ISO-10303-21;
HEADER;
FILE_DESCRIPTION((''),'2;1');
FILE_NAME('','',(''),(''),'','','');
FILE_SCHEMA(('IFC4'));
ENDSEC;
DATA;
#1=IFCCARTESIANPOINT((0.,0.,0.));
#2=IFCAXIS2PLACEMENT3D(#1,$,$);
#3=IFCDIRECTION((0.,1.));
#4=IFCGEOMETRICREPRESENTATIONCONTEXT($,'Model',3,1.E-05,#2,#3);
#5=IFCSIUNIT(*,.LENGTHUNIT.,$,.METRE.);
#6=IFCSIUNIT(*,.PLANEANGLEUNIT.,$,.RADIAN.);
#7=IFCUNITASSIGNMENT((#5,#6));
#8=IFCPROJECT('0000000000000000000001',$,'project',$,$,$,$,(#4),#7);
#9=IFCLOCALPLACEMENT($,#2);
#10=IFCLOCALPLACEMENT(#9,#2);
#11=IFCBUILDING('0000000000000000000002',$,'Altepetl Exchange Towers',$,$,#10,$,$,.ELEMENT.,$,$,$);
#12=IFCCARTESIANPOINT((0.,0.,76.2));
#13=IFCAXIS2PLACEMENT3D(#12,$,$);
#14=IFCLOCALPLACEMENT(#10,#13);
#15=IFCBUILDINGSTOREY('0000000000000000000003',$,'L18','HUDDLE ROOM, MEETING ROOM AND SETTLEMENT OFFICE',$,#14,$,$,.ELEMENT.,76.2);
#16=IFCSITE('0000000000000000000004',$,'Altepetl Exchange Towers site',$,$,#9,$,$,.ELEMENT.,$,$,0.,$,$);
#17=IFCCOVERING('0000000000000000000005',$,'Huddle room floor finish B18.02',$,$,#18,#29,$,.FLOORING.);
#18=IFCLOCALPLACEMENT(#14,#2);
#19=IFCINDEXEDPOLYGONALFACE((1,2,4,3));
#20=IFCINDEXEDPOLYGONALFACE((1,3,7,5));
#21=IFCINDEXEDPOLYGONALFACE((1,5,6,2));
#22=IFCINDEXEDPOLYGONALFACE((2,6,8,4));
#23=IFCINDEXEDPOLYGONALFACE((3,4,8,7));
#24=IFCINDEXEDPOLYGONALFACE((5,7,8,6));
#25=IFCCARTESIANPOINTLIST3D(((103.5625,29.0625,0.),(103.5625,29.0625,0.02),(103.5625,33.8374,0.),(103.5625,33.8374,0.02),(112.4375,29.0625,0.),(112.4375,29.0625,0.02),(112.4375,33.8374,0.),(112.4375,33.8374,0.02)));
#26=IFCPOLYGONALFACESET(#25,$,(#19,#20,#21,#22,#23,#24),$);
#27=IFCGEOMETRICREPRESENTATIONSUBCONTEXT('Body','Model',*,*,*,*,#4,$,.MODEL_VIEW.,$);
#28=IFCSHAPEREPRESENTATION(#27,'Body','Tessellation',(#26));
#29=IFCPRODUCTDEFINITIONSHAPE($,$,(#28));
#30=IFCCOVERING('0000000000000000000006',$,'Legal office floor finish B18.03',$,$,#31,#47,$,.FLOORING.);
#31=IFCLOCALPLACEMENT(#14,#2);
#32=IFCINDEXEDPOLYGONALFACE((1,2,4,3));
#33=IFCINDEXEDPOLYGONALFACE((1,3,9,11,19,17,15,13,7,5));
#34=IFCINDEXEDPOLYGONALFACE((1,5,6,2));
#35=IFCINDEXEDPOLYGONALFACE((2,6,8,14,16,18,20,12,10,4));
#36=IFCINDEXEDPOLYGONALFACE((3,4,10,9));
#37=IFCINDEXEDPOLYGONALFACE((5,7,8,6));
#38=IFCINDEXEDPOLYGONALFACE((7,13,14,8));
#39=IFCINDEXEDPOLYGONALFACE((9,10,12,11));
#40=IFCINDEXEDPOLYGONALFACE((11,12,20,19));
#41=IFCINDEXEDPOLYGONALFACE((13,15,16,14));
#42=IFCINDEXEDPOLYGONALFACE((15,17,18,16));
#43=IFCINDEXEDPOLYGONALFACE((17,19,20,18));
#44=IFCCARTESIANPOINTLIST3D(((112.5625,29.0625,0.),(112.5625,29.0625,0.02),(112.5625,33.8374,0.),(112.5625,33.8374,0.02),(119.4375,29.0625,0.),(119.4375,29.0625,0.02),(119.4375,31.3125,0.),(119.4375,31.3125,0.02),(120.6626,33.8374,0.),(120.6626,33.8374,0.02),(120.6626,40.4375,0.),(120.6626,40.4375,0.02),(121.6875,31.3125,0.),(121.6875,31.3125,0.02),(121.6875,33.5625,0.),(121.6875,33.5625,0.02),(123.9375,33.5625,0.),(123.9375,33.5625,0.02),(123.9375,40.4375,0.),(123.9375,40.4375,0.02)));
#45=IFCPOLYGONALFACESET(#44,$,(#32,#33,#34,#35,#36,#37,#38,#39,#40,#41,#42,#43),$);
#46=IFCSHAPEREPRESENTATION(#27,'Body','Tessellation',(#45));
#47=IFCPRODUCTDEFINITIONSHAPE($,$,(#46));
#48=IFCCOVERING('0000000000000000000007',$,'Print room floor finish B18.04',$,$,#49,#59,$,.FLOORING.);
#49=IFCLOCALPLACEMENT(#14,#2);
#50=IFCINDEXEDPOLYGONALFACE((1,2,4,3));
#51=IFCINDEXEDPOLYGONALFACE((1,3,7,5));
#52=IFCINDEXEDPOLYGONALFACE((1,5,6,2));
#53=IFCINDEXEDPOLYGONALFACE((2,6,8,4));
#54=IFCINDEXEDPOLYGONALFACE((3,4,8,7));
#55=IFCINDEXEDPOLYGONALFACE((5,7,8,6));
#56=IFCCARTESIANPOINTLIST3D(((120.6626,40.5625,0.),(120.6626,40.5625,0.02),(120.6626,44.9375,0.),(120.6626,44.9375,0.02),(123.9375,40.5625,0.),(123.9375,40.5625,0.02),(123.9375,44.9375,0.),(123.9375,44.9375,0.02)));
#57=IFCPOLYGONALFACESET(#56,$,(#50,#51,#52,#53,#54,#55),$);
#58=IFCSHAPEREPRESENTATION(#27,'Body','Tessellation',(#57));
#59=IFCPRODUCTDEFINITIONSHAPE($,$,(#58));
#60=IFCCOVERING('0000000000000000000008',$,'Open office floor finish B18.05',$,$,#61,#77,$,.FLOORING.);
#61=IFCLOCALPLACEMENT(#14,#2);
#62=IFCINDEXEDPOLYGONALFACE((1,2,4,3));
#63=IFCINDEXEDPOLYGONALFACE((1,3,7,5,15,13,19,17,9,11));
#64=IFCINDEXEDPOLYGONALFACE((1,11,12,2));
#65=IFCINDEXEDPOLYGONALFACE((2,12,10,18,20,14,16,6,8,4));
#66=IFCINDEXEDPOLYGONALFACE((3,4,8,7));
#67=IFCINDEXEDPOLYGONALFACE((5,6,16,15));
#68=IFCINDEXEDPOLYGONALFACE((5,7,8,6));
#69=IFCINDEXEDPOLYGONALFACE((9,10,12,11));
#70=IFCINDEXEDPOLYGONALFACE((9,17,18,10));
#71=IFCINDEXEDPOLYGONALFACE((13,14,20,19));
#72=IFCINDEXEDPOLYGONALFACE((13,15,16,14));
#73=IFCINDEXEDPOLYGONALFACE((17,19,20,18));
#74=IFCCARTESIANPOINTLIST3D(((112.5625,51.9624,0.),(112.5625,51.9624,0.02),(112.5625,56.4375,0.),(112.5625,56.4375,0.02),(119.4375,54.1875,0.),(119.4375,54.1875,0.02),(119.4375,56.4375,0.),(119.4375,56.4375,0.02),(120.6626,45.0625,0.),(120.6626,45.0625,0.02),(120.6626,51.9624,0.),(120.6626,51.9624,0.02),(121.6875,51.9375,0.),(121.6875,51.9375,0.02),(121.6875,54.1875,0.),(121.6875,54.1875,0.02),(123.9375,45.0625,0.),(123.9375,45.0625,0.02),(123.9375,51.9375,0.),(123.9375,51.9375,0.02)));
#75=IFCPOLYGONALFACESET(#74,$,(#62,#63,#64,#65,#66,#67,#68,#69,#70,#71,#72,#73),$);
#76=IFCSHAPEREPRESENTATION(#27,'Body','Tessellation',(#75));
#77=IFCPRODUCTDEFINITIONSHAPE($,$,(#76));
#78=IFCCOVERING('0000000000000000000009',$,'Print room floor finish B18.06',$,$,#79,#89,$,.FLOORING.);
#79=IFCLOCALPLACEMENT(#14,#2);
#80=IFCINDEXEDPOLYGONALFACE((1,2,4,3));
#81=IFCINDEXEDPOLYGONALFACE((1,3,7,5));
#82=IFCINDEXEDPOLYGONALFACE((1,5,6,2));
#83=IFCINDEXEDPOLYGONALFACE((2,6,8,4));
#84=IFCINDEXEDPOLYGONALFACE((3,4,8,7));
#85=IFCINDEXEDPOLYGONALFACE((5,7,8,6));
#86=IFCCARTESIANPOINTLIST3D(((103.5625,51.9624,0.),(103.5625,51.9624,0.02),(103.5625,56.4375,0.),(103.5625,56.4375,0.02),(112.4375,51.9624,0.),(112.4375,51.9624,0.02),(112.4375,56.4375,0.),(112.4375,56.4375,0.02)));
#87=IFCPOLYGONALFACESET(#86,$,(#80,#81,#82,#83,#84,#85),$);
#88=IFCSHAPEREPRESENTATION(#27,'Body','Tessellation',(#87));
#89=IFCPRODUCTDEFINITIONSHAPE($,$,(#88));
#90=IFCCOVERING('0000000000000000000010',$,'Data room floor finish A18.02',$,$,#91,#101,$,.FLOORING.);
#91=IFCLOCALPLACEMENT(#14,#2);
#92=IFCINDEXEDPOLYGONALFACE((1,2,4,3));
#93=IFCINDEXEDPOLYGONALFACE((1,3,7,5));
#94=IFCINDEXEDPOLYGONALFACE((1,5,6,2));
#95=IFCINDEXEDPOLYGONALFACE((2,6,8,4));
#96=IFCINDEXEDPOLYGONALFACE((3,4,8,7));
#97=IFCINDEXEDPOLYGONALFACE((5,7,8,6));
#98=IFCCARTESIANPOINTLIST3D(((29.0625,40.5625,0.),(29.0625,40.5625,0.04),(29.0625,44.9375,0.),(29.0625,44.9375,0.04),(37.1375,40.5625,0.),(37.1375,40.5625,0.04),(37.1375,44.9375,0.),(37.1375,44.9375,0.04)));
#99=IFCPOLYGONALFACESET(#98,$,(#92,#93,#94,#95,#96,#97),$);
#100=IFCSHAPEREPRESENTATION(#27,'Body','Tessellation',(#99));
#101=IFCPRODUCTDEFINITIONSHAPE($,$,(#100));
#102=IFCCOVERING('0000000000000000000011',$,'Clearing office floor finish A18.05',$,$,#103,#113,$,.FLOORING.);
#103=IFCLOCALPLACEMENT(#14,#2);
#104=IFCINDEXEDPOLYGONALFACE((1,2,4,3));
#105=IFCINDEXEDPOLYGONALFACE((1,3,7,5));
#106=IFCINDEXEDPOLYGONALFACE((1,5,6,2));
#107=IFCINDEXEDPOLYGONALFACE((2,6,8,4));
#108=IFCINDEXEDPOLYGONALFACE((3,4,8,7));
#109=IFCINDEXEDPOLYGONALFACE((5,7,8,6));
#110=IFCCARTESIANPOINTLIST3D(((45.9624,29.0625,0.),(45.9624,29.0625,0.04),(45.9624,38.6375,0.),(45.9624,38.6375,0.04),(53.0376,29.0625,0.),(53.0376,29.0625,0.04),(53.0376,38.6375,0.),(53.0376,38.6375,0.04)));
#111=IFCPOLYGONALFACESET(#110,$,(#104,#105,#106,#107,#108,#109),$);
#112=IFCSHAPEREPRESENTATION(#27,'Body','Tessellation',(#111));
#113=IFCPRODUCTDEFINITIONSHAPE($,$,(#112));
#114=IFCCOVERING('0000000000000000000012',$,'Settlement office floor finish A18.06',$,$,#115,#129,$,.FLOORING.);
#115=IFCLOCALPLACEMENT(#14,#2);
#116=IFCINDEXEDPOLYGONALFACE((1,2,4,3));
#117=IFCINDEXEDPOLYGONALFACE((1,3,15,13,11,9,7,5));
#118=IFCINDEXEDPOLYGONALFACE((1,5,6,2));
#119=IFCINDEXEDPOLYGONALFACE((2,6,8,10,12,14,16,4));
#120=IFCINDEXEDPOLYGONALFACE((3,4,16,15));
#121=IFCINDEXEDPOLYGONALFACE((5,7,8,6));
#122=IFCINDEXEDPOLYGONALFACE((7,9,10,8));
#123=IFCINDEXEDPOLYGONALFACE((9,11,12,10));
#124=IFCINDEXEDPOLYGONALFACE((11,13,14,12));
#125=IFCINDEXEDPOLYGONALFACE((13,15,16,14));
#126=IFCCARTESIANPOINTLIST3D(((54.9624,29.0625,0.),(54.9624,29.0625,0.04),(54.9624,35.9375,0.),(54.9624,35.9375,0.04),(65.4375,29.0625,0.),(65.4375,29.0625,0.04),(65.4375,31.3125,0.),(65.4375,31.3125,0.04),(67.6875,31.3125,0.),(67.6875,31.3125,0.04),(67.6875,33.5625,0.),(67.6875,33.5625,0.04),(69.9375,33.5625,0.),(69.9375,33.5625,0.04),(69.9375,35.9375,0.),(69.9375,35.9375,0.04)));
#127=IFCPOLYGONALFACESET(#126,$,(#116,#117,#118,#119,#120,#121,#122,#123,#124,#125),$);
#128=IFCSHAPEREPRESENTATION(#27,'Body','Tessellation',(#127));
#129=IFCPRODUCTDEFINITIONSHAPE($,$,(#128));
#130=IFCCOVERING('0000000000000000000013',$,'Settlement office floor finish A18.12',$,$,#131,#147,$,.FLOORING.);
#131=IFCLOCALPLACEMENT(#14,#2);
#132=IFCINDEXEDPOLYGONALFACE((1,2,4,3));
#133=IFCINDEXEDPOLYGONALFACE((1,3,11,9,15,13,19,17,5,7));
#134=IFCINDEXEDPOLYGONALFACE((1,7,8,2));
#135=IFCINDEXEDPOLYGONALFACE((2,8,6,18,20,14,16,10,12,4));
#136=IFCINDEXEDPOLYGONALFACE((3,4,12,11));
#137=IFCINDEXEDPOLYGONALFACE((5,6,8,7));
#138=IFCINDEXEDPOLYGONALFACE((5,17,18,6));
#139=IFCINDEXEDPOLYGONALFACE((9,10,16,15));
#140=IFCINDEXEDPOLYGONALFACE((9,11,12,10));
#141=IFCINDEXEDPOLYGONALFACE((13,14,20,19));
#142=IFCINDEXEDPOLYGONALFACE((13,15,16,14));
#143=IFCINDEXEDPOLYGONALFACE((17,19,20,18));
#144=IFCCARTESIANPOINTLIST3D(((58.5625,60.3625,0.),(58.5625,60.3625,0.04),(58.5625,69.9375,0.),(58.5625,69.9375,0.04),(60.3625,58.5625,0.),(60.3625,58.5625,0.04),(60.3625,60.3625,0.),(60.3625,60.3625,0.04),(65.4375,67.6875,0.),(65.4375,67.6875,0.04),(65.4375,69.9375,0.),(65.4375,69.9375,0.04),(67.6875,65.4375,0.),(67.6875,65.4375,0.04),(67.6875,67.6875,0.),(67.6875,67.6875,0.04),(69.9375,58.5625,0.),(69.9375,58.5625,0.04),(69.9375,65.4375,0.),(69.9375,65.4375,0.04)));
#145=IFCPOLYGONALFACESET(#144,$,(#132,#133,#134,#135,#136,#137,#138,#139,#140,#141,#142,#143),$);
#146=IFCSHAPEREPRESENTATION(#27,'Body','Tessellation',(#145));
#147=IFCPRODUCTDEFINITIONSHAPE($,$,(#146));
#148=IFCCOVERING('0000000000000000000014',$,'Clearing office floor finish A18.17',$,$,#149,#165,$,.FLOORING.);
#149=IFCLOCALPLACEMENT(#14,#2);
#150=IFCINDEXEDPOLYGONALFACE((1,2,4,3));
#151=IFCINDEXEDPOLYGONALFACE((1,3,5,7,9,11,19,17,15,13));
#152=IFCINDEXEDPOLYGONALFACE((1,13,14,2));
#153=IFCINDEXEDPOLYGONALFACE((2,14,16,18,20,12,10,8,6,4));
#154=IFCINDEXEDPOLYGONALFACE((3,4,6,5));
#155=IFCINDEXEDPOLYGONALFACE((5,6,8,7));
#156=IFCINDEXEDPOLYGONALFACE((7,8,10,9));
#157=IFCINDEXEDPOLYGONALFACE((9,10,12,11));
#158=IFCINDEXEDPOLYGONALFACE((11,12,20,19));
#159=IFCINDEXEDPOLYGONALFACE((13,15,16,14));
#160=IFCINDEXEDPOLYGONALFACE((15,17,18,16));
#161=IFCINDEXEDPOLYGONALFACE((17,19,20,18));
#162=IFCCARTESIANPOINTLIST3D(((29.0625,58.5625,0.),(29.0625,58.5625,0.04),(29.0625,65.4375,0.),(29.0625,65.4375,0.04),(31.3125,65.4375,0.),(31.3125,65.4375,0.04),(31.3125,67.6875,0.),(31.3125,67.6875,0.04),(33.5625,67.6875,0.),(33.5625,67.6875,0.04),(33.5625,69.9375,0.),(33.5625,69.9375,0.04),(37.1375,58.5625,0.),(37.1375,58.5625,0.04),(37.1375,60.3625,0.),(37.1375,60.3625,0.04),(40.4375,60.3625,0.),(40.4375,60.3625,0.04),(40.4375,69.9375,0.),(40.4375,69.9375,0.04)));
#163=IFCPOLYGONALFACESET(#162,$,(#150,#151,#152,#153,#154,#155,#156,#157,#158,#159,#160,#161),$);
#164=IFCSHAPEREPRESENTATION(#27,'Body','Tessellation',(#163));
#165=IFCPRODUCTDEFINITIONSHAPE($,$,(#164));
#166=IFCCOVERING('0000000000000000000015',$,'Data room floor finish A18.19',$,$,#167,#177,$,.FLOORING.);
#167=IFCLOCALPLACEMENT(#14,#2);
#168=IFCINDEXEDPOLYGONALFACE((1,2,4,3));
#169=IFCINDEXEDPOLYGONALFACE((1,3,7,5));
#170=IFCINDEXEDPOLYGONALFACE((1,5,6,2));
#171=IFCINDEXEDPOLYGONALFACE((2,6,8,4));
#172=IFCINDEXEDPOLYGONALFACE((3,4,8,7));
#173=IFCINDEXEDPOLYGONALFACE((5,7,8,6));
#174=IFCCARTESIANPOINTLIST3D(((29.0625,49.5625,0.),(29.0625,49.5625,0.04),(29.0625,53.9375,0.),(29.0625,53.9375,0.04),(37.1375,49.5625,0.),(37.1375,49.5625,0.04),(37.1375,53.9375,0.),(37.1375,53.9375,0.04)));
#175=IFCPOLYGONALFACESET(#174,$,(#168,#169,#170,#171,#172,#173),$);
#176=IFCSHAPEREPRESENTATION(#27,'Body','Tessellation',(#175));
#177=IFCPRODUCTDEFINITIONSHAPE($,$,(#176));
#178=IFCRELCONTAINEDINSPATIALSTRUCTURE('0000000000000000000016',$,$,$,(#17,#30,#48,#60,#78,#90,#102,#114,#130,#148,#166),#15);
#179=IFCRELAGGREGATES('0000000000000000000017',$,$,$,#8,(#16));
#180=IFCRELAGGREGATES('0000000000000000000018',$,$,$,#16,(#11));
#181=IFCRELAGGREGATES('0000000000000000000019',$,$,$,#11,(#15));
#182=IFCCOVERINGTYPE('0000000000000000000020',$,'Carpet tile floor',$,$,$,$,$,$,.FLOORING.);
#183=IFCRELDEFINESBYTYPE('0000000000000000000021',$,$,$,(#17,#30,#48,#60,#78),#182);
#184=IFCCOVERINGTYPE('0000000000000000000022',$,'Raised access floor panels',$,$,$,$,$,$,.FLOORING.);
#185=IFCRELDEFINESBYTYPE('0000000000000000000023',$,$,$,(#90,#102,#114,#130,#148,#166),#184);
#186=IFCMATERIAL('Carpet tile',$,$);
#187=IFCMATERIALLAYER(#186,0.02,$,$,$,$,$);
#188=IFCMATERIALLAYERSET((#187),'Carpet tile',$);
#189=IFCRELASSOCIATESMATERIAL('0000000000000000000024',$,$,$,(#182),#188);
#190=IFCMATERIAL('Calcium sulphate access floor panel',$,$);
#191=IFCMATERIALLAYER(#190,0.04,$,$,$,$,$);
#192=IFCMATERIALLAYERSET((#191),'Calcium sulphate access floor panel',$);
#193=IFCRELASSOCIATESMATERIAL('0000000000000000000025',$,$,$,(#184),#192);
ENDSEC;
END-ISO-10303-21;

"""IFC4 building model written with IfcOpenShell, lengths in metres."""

from ifc_helpers import new_model, si_unit, direction, frame, origin, place, context, subcontext, project, spatial, polyline, outline, extrude, material, layer, layer_set, type_object, element, save


model = new_model("IFC4")

# Units and contexts
model_context = context("Model", 3, precision=1e-05, world=origin(), true_north=direction((0.0, 1.0)))
body_context = subcontext(model_context, "Body", "Model", "MODEL_VIEW")
ifc_project = project(units=[si_unit("LENGTHUNIT", "METRE"), si_unit("PLANEANGLEUNIT", "RADIAN")], contexts=[model_context])

# Site, building, storey
site_placement = place(None, origin())
site = spatial("IfcSite", under=ifc_project, at=site_placement, Name="Altepetl Exchange Towers site", CompositionType="ELEMENT", RefElevation=0.0)
building_placement = place(site_placement, origin())
building = spatial("IfcBuilding", under=site, at=building_placement, Name="Altepetl Exchange Towers", CompositionType="ELEMENT")
storey_placement = place(building_placement, frame((0.0, 0.0, 76.2)))
storey = spatial("IfcBuildingStorey", under=building, at=storey_placement, Name="L18", Description="HUDDLE ROOM, MEETING ROOM AND SETTLEMENT OFFICE", CompositionType="ELEMENT", Elevation=76.2)

# Coverings
ifc_material_1 = material(Name="Carpet tile")
ifc_layer_1 = layer(ifc_material_1, 0.02)
ifc_layer_set_1 = layer_set([ifc_layer_1], Name="Carpet tile")
covering_type_1 = type_object("IfcCoveringType", Name="Carpet tile floor", PredefinedType="FLOORING", material=ifc_layer_set_1)
covering_1_placement = place(storey_placement, origin())
element("IfcCovering", 1, at=covering_1_placement, inside=storey, type_object=covering_type_1, Name="Huddle room floor finish B18.02", PredefinedType="FLOORING", context=body_context, shape_type="SweptSolid", body=[
    extrude(outline(polyline([(112.4375, 29.0625), (112.4375, 33.8374), (103.5625, 33.8374), (103.5625, 29.0625), (112.4375, 29.0625)])), origin(), (0.0, 0.0, 1.0), 0.02),
])
covering_2_placement = place(storey_placement, origin())
element("IfcCovering", 2, at=covering_2_placement, inside=storey, type_object=covering_type_1, Name="Legal office floor finish B18.03", PredefinedType="FLOORING", context=body_context, shape_type="SweptSolid", body=[
    extrude(outline(polyline([(123.9375, 40.4375), (120.6626, 40.4375), (120.6626, 33.8374), (112.5625, 33.8374), (112.5625, 29.0625), (119.4375, 29.0625), (119.4375, 31.3125), (121.6875, 31.3125), (121.6875, 33.5625), (123.9375, 33.5625), (123.9375, 40.4375)])), origin(), (0.0, 0.0, 1.0), 0.02),
])
covering_3_placement = place(storey_placement, origin())
element("IfcCovering", 3, at=covering_3_placement, inside=storey, type_object=covering_type_1, Name="Print room floor finish B18.04", PredefinedType="FLOORING", context=body_context, shape_type="SweptSolid", body=[
    extrude(outline(polyline([(123.9375, 44.9375), (120.6626, 44.9375), (120.6626, 40.5625), (123.9375, 40.5625), (123.9375, 44.9375)])), origin(), (0.0, 0.0, 1.0), 0.02),
])
covering_4_placement = place(storey_placement, origin())
element("IfcCovering", 4, at=covering_4_placement, inside=storey, type_object=covering_type_1, Name="Open office floor finish B18.05", PredefinedType="FLOORING", context=body_context, shape_type="SweptSolid", body=[
    extrude(outline(polyline([(112.5625, 56.4375), (112.5625, 51.9624), (120.6626, 51.9624), (120.6626, 45.0625), (123.9375, 45.0625), (123.9375, 51.9375), (121.6875, 51.9375), (121.6875, 54.1875), (119.4375, 54.1875), (119.4375, 56.4375), (112.5625, 56.4375)])), origin(), (0.0, 0.0, 1.0), 0.02),
])
covering_5_placement = place(storey_placement, origin())
element("IfcCovering", 5, at=covering_5_placement, inside=storey, type_object=covering_type_1, Name="Print room floor finish B18.06", PredefinedType="FLOORING", context=body_context, shape_type="SweptSolid", body=[
    extrude(outline(polyline([(103.5625, 56.4375), (103.5625, 51.9624), (112.4375, 51.9624), (112.4375, 56.4375), (103.5625, 56.4375)])), origin(), (0.0, 0.0, 1.0), 0.02),
])
ifc_material_2 = material(Name="Calcium sulphate access floor panel")
ifc_layer_2 = layer(ifc_material_2, 0.04)
ifc_layer_set_2 = layer_set([ifc_layer_2], Name="Calcium sulphate access floor panel")
covering_type_2 = type_object("IfcCoveringType", Name="Raised access floor panels", PredefinedType="FLOORING", material=ifc_layer_set_2)
covering_6_placement = place(storey_placement, origin())
element("IfcCovering", 6, at=covering_6_placement, inside=storey, type_object=covering_type_2, Name="Data room floor finish A18.02", PredefinedType="FLOORING", context=body_context, shape_type="SweptSolid", body=[
    extrude(outline(polyline([(37.1375, 44.9375), (29.0625, 44.9375), (29.0625, 40.5625), (37.1375, 40.5625), (37.1375, 44.9375)])), origin(), (0.0, 0.0, 1.0), 0.04),
])
covering_7_placement = place(storey_placement, origin())
element("IfcCovering", 7, at=covering_7_placement, inside=storey, type_object=covering_type_2, Name="Clearing office floor finish A18.05", PredefinedType="FLOORING", context=body_context, shape_type="SweptSolid", body=[
    extrude(outline(polyline([(45.9624, 38.6375), (45.9624, 29.0625), (53.0376, 29.0625), (53.0376, 38.6375), (45.9624, 38.6375)])), origin(), (0.0, 0.0, 1.0), 0.04),
])
covering_8_placement = place(storey_placement, origin())
element("IfcCovering", 8, at=covering_8_placement, inside=storey, type_object=covering_type_2, Name="Settlement office floor finish A18.06", PredefinedType="FLOORING", context=body_context, shape_type="SweptSolid", body=[
    extrude(outline(polyline([(69.9375, 35.9375), (54.9624, 35.9375), (54.9624, 29.0625), (65.4375, 29.0625), (65.4375, 31.3125), (67.6875, 31.3125), (67.6875, 33.5625), (69.9375, 33.5625), (69.9375, 35.9375)])), origin(), (0.0, 0.0, 1.0), 0.04),
])
covering_9_placement = place(storey_placement, origin())
element("IfcCovering", 9, at=covering_9_placement, inside=storey, type_object=covering_type_2, Name="Settlement office floor finish A18.12", PredefinedType="FLOORING", context=body_context, shape_type="SweptSolid", body=[
    extrude(outline(polyline([(69.9375, 58.5625), (69.9375, 65.4375), (67.6875, 65.4375), (67.6875, 67.6875), (65.4375, 67.6875), (65.4375, 69.9375), (58.5625, 69.9375), (58.5625, 60.3625), (60.3625, 60.3625), (60.3625, 58.5625), (69.9375, 58.5625)])), origin(), (0.0, 0.0, 1.0), 0.04),
])
covering_10_placement = place(storey_placement, origin())
element("IfcCovering", 10, at=covering_10_placement, inside=storey, type_object=covering_type_2, Name="Clearing office floor finish A18.17", PredefinedType="FLOORING", context=body_context, shape_type="SweptSolid", body=[
    extrude(outline(polyline([(33.5625, 69.9375), (33.5625, 67.6875), (31.3125, 67.6875), (31.3125, 65.4375), (29.0625, 65.4375), (29.0625, 58.5625), (37.1375, 58.5625), (37.1375, 60.3625), (40.4375, 60.3625), (40.4375, 69.9375), (33.5625, 69.9375)])), origin(), (0.0, 0.0, 1.0), 0.04),
])
covering_11_placement = place(storey_placement, origin())
element("IfcCovering", 11, at=covering_11_placement, inside=storey, type_object=covering_type_2, Name="Data room floor finish A18.19", PredefinedType="FLOORING", context=body_context, shape_type="SweptSolid", body=[
    extrude(outline(polyline([(37.1375, 53.9375), (29.0625, 53.9375), (29.0625, 49.5625), (37.1375, 49.5625), (37.1375, 53.9375)])), origin(), (0.0, 0.0, 1.0), 0.04),
])

save(model, "model.ifc")
